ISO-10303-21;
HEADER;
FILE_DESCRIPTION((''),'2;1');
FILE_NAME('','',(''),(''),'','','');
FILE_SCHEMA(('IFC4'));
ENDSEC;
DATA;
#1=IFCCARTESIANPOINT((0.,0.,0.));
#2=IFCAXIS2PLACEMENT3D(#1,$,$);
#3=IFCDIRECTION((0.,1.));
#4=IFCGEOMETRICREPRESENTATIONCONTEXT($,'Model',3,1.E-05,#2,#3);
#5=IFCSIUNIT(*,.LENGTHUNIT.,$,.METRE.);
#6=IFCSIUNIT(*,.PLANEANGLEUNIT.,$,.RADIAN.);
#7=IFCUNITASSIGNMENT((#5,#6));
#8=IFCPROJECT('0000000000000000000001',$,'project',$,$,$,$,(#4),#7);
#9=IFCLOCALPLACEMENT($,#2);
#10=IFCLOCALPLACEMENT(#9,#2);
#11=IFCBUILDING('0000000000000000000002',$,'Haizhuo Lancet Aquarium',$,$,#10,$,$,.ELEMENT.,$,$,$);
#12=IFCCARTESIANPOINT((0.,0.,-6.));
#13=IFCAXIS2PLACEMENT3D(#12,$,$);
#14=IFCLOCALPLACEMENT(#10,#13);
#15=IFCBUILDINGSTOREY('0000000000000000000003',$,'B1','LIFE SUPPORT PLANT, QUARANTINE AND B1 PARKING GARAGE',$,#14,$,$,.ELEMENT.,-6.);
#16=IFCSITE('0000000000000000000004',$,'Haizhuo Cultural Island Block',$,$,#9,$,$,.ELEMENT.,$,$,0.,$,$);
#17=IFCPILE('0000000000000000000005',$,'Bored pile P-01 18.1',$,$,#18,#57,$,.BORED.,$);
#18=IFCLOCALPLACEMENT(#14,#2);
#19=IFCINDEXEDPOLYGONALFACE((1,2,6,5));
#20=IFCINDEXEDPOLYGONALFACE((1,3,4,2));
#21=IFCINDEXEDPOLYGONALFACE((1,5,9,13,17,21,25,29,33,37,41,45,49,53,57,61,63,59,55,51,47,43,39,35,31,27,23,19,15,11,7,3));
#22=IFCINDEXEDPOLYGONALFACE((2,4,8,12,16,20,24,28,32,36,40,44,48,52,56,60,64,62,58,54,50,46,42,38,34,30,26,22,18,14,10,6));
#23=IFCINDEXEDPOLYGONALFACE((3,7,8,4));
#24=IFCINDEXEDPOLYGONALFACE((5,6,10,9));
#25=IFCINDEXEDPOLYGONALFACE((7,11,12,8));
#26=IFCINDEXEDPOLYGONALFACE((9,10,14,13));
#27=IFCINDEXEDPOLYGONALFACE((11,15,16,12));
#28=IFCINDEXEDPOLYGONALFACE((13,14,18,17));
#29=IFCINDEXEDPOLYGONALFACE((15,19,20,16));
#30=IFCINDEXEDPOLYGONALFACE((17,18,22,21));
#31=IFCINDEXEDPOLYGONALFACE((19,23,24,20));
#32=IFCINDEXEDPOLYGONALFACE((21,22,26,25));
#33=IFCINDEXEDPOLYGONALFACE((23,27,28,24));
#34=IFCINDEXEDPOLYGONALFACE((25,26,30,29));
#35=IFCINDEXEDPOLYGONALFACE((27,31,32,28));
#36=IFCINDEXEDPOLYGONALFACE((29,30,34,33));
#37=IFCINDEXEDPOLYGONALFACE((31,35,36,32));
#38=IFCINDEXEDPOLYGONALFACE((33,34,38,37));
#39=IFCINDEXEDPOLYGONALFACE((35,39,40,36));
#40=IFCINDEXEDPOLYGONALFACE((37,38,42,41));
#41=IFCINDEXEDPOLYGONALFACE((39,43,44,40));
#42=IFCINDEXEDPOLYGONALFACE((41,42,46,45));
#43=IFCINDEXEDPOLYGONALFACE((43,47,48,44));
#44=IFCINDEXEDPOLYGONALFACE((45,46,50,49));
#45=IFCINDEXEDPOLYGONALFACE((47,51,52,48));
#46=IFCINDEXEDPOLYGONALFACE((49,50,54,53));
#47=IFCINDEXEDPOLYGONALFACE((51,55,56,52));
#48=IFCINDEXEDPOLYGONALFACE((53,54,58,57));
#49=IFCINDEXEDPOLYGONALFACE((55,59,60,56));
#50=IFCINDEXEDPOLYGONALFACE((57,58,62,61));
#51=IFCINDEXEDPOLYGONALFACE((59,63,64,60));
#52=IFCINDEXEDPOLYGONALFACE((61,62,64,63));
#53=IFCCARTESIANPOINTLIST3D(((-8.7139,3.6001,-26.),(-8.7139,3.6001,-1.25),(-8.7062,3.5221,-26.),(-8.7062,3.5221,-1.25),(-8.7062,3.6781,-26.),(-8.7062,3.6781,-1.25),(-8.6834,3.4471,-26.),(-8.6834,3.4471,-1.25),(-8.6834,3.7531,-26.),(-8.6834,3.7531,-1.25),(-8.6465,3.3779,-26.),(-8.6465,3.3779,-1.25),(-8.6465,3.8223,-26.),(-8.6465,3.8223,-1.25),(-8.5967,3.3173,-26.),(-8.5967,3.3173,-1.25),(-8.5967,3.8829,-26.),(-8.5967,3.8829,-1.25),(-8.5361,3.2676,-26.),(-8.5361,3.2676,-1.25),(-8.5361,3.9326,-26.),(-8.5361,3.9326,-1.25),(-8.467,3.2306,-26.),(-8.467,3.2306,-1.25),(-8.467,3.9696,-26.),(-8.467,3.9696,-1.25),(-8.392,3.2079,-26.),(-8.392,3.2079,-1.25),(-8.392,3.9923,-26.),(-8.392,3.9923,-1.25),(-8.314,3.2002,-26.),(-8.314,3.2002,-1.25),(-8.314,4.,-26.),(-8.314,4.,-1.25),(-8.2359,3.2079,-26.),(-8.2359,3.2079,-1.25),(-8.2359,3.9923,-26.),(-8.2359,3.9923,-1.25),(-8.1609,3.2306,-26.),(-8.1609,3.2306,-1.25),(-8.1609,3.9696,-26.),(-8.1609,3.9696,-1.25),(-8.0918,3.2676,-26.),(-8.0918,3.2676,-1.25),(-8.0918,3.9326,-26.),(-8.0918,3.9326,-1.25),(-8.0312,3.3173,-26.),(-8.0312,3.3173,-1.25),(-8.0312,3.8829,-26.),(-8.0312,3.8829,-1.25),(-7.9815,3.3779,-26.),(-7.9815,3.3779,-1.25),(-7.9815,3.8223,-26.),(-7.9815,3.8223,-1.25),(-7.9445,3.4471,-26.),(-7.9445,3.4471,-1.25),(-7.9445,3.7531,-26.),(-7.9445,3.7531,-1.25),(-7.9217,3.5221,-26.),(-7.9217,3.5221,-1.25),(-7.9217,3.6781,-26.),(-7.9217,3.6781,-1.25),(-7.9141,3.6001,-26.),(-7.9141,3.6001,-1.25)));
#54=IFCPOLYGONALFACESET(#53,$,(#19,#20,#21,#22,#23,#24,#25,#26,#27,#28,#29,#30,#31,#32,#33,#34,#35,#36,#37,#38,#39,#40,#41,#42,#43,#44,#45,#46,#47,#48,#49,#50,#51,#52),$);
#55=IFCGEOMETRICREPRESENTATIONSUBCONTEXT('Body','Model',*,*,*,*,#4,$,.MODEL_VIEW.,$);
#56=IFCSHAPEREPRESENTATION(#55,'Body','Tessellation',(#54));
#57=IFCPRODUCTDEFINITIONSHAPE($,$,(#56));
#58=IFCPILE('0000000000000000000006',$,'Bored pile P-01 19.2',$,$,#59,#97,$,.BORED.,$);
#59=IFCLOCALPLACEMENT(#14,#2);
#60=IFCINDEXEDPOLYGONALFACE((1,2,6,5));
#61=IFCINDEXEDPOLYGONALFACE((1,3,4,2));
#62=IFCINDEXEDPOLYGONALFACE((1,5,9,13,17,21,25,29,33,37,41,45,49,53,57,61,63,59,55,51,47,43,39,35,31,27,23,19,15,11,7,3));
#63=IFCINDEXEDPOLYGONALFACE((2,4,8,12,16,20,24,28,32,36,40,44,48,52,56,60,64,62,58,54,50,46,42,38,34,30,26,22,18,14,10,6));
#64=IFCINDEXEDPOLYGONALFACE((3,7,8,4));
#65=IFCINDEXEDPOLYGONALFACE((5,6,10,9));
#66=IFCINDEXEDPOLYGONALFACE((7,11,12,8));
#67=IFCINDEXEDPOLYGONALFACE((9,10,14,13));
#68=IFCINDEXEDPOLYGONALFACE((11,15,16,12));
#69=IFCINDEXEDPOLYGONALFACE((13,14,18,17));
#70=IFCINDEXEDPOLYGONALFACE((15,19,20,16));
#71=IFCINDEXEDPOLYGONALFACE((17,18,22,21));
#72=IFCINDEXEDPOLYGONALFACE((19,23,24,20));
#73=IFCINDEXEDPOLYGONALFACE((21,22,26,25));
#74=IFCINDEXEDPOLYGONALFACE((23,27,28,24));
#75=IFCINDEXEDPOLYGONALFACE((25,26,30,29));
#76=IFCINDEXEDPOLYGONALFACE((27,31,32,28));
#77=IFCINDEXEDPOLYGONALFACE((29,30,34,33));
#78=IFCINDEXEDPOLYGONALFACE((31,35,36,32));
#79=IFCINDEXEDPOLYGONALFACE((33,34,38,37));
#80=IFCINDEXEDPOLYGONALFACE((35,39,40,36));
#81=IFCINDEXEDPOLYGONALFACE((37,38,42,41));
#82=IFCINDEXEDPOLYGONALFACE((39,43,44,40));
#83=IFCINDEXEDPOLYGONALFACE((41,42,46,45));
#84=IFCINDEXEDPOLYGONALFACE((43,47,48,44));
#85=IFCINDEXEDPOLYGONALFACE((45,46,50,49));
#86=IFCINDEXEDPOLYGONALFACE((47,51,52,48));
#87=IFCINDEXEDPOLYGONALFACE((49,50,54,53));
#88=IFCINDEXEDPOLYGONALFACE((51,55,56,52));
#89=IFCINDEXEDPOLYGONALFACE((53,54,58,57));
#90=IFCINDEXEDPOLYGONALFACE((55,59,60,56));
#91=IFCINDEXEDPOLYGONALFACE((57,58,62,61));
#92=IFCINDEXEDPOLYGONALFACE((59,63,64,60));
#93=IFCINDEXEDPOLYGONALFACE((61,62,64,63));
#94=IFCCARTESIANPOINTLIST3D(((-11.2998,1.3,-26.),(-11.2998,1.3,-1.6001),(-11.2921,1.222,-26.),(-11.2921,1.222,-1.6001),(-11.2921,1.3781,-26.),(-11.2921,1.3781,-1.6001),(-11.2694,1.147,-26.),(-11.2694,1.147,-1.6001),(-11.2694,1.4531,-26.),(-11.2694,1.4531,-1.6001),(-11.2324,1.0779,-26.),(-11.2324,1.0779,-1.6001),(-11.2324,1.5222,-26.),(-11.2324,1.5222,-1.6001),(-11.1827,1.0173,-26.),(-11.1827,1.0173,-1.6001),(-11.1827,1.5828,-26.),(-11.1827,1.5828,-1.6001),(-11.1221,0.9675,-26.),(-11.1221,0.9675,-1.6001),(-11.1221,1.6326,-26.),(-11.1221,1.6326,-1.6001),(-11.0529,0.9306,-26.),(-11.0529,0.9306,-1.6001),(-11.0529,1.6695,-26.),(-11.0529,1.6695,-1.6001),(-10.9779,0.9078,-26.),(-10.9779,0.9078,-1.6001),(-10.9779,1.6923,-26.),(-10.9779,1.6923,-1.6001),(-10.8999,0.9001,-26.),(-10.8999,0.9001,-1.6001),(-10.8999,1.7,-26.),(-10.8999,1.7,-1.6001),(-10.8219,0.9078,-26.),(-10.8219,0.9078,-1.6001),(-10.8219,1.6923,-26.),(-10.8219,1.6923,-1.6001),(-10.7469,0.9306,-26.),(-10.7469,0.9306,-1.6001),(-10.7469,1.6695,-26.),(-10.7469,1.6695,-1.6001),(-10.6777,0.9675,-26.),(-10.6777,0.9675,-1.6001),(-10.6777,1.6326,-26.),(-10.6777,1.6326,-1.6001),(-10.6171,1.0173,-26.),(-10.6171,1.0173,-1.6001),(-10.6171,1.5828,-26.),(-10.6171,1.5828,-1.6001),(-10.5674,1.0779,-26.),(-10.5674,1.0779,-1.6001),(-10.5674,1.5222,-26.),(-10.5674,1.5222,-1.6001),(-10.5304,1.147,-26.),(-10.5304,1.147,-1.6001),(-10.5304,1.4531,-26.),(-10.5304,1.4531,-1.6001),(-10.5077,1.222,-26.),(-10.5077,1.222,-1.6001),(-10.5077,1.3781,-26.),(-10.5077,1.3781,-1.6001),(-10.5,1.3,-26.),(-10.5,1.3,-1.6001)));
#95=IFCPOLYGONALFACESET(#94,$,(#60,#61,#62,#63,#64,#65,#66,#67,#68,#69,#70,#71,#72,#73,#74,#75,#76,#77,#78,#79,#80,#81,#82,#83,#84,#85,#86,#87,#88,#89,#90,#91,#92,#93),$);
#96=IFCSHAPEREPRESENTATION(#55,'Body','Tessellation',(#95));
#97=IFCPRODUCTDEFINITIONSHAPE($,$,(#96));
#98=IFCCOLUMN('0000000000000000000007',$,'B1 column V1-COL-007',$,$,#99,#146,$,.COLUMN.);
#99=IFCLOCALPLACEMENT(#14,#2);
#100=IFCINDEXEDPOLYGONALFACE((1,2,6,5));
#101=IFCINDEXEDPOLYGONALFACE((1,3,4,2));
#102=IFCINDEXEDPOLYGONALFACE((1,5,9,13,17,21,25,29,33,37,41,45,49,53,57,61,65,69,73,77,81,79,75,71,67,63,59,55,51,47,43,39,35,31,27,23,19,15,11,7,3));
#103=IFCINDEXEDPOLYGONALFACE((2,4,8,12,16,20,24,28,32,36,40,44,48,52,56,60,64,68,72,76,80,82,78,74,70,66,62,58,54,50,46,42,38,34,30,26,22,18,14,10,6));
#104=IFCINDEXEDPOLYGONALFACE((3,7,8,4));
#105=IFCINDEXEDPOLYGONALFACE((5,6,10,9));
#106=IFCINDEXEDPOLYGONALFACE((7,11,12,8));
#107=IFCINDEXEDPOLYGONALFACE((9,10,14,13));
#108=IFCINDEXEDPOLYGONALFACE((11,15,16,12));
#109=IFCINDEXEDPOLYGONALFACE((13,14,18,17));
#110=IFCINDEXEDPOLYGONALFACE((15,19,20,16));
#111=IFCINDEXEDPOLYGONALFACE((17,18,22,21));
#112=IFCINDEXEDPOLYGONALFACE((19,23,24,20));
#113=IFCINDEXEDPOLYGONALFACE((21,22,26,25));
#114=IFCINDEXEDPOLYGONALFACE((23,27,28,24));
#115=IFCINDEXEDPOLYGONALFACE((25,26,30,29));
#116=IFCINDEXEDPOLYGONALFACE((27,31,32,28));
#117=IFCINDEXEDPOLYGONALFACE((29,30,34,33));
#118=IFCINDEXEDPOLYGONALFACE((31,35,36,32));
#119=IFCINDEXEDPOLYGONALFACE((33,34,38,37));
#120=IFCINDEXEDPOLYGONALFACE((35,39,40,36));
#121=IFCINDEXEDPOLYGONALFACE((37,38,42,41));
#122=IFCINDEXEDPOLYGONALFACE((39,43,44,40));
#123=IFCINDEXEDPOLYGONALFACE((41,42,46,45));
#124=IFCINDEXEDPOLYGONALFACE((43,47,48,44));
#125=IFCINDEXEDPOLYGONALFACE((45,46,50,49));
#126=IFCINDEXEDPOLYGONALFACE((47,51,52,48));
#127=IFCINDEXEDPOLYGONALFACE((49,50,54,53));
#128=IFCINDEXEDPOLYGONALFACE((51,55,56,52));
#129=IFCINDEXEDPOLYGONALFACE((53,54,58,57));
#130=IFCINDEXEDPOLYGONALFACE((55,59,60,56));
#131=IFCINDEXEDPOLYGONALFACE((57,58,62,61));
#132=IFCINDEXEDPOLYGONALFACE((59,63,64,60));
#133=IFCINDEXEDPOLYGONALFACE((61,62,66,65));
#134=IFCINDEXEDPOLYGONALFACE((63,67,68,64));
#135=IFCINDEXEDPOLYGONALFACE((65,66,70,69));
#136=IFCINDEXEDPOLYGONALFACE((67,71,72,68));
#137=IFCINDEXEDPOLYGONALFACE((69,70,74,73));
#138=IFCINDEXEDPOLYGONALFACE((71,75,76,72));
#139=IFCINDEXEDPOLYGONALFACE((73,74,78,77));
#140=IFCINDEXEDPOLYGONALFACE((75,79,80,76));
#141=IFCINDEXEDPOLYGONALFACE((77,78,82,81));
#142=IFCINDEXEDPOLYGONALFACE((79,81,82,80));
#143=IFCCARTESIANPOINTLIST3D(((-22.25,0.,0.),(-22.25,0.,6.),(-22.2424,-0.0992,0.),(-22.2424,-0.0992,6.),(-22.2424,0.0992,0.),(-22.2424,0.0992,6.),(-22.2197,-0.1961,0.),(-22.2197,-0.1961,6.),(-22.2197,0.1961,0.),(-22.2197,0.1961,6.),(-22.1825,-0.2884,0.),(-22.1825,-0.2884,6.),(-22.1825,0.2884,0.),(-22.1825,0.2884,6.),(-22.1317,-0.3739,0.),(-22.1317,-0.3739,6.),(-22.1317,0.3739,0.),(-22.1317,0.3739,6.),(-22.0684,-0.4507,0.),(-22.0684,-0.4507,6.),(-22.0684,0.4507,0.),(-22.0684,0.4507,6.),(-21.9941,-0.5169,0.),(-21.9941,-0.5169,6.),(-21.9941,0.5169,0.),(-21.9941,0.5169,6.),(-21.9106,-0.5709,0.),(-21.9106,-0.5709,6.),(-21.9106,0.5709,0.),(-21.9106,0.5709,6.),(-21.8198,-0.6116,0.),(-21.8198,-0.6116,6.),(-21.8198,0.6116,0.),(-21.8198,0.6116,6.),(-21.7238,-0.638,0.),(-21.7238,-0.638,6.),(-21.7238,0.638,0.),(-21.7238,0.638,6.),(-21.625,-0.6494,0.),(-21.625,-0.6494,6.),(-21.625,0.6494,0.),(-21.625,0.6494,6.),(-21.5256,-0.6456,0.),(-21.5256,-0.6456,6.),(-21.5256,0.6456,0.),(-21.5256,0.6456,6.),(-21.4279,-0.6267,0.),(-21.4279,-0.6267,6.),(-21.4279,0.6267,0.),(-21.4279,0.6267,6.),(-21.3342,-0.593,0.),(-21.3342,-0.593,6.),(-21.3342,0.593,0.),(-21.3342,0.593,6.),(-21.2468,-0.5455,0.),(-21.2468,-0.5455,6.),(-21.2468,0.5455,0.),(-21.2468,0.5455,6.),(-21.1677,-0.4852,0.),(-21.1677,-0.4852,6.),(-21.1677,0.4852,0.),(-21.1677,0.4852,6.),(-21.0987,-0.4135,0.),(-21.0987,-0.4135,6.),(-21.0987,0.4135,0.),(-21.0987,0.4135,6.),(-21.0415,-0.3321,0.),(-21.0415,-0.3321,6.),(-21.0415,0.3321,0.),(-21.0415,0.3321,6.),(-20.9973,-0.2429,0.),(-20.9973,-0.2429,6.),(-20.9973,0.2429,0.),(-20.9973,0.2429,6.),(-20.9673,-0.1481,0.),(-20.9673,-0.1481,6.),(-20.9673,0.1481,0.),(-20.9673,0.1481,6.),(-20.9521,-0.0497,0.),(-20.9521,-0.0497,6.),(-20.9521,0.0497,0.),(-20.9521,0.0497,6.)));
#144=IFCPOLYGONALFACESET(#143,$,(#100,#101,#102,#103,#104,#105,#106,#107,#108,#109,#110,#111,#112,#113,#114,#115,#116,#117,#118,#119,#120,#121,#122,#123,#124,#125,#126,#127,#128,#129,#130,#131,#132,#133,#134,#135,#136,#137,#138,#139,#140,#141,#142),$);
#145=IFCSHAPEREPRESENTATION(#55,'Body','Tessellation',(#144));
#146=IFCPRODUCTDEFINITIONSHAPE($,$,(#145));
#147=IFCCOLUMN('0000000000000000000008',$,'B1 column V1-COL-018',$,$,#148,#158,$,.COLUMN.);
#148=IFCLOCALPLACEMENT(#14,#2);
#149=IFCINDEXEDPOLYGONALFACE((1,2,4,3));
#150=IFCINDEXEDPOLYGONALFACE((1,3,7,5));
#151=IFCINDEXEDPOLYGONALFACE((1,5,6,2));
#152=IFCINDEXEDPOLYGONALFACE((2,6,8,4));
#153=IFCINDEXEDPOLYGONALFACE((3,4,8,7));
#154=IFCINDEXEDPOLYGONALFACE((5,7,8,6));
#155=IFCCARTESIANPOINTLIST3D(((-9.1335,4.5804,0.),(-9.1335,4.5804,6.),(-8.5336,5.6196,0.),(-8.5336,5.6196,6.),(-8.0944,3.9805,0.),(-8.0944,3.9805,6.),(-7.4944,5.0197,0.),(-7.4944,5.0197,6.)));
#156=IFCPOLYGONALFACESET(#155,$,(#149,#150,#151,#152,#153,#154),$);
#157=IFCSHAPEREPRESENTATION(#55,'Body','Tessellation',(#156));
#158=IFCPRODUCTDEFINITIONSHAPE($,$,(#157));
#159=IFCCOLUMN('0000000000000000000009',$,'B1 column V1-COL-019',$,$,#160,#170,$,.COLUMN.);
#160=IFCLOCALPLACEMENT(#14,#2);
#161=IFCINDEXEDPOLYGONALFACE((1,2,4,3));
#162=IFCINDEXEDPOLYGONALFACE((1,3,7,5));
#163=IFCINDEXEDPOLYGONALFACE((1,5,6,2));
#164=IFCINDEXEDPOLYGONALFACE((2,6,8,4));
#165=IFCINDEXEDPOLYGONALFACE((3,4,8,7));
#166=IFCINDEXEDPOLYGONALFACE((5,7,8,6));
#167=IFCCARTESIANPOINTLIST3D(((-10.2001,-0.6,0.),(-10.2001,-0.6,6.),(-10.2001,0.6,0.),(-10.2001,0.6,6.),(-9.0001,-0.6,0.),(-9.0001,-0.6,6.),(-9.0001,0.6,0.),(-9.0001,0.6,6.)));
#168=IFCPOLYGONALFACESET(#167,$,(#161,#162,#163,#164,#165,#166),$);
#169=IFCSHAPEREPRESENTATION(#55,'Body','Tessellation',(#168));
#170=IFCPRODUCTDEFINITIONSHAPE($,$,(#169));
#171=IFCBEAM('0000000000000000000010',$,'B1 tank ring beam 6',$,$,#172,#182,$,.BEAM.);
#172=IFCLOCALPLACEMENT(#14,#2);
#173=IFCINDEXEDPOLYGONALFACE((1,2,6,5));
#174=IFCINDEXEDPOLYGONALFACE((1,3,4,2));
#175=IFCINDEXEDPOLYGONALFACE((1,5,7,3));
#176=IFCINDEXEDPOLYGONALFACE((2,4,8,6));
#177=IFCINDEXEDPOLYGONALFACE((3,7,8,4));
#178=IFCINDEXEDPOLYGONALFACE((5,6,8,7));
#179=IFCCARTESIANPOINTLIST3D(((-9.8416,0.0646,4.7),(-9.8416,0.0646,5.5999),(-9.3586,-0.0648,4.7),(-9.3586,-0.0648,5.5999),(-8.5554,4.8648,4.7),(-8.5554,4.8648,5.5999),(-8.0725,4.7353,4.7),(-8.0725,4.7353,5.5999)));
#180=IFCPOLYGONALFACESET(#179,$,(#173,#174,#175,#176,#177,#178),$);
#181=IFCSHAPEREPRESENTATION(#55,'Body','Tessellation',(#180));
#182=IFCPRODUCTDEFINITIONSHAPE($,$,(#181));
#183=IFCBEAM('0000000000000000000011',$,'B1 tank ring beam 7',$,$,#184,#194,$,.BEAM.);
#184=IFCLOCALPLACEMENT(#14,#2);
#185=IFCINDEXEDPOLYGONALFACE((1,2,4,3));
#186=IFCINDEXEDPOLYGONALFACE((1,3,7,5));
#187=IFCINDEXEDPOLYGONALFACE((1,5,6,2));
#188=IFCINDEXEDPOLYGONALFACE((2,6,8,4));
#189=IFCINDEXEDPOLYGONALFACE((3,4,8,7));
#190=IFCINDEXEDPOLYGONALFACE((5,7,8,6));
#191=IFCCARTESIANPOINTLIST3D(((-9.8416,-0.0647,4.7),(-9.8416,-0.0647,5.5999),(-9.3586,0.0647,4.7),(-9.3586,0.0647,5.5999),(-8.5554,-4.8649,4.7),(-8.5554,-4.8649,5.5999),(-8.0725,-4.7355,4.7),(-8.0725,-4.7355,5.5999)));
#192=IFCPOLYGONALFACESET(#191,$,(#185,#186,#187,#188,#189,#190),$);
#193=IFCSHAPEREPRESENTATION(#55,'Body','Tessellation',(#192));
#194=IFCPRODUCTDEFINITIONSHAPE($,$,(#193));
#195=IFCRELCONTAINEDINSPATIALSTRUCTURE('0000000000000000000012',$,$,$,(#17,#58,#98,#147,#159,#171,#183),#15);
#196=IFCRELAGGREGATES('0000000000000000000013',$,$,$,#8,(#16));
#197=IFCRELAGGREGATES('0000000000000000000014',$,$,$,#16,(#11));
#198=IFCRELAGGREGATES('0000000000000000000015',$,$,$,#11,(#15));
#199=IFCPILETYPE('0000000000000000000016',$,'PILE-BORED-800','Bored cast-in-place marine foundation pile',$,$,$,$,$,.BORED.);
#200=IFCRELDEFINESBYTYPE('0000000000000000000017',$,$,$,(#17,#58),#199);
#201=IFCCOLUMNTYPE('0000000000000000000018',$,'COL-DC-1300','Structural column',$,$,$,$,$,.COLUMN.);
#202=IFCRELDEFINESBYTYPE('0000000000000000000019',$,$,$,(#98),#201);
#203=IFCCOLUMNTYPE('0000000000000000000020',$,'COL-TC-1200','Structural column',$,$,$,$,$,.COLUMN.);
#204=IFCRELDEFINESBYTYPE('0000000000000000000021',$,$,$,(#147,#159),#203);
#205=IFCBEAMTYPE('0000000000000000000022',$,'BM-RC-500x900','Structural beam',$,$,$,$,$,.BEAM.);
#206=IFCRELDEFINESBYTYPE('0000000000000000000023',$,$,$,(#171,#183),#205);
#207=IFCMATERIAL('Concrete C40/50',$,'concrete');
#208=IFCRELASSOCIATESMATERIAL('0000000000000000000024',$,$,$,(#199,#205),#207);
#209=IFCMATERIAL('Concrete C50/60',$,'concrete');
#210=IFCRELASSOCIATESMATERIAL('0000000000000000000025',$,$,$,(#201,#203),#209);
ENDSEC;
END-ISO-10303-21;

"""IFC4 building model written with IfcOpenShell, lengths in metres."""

from ifc_helpers import new_model, si_unit, direction, frame, origin, origin_2d, place, context, subcontext, project, spatial, rectangle, circle, extrude, material, material_profile, profile_set, type_object, element, save


model = new_model("IFC4")

# Units and contexts
model_context = context("Model", 3, precision=1e-05, world=origin(), true_north=direction((0.0, 1.0)))
body_context = subcontext(model_context, "Body", "Model", "MODEL_VIEW")
ifc_project = project(units=[si_unit("LENGTHUNIT", "METRE"), si_unit("PLANEANGLEUNIT", "RADIAN")], contexts=[model_context])

# Site, building, storey
site_placement = place(None, origin())
site = spatial("IfcSite", under=ifc_project, at=site_placement, Name="Haizhuo Cultural Island Block", CompositionType="ELEMENT", RefElevation=0.0)
building_placement = place(site_placement, origin())
building = spatial("IfcBuilding", under=site, at=building_placement, Name="Haizhuo Lancet Aquarium", CompositionType="ELEMENT")
storey_placement = place(building_placement, frame((0.0, 0.0, -6.0)))
storey = spatial("IfcBuildingStorey", under=building, at=storey_placement, Name="B1", Description="LIFE SUPPORT PLANT, QUARANTINE AND B1 PARKING GARAGE", CompositionType="ELEMENT", Elevation=-6.0)

# Shared definitions
ifc_material_1 = material(Name="Concrete C40/50", Category="concrete")

# Piles
ifc_material_profile_1 = material_profile(ifc_material_1, circle(Radius=0.3999, at=origin_2d()), Name="PILE-800")
ifc_profile_set_1 = profile_set([ifc_material_profile_1], Name="Concrete C40/50")
pile_type_1 = type_object("IfcPileType", Name="PILE-BORED-800", Description="Bored cast-in-place marine foundation pile", PredefinedType="BORED", material=ifc_profile_set_1)
pile_1_placement = place(storey_placement, frame((-8.314, 3.6001, -1.25), z_axis=(0.0, 0.0, -1.0), x_axis=(1.0, 0.0, 0.0)))
element("IfcPile", 1, at=pile_1_placement, inside=storey, type_object=pile_type_1, Name="Bored pile P-01 18.1", PredefinedType="BORED", context=body_context, shape_type="SweptSolid", body=[
    extrude(circle(Radius=0.3999, at=origin_2d()), origin(), (0.0, 0.0, 1.0), 24.75),
])
pile_2_placement = place(storey_placement, frame((-10.8999, 1.3, -1.6001), z_axis=(0.0, 0.0, -1.0), x_axis=(1.0, 0.0, 0.0)))
element("IfcPile", 2, at=pile_2_placement, inside=storey, type_object=pile_type_1, Name="Bored pile P-01 19.2", PredefinedType="BORED", context=body_context, shape_type="SweptSolid", body=[
    extrude(circle(Radius=0.3999, at=origin_2d()), origin(), (0.0, 0.0, 1.0), 24.3999),
])

# Columns
ifc_material_2 = material(Name="Concrete C50/60", Category="concrete")
ifc_material_profile_2 = material_profile(ifc_material_2, circle(Radius=0.6499, at=origin_2d()), Name="RC-DC 1300")
ifc_profile_set_2 = profile_set([ifc_material_profile_2], Name="Concrete C50/60")
column_type_1 = type_object("IfcColumnType", Name="COL-DC-1300", Description="Structural column", PredefinedType="COLUMN", material=ifc_profile_set_2)
column_placement = place(storey_placement, frame((-21.6001, 0.0, 0.0), z_axis=(0.0, 0.0, 1.0), x_axis=(-1.0, 0.0, 0.0)))
element("IfcColumn", 3, at=column_placement, inside=storey, type_object=column_type_1, Name="B1 column V1-COL-007", PredefinedType="COLUMN", context=body_context, shape_type="SweptSolid", body=[
    extrude(circle(Radius=0.6499, at=origin_2d()), origin(), (0.0, 0.0, 1.0), 6.0),
])
ifc_material_profile_3 = material_profile(ifc_material_2, rectangle(XDim=1.2, YDim=1.2, at=origin_2d()), Name="RC-COL 1200x1200")
ifc_profile_set_3 = profile_set([ifc_material_profile_3], Name="Concrete C50/60")
column_type_2 = type_object("IfcColumnType", Name="COL-TC-1200", Description="Structural column", PredefinedType="COLUMN", material=ifc_profile_set_3)
for number, where, z_axis, x_axis, name in (
    (4, (-8.314, 4.8, 0.0), (0.0, 0.0, 1.0), (-0.866025, 0.5, 0.0), "B1 column V1-COL-018"),
    (5, (-9.6001, 0.0, 0.0), (0.0, 0.0, 1.0), (-1.0, 0.0, 0.0), "B1 column V1-COL-019"),
):
    element("IfcColumn", number, at=place(storey_placement, frame(where, z_axis=z_axis, x_axis=x_axis)), inside=storey, type_object=column_type_2, Name=name, PredefinedType="COLUMN", context=body_context, shape_type="SweptSolid", body=[
        extrude(rectangle(XDim=1.2, YDim=1.2, at=origin_2d()), origin(), (0.0, 0.0, 1.0), 6.0),
    ])

# Beams
ifc_material_profile_4 = material_profile(ifc_material_1, rectangle(XDim=0.5, YDim=0.8999, at=origin_2d()), Name="RC-BM 500x900")
ifc_profile_set_4 = profile_set([ifc_material_profile_4], Name="Concrete C40/50")
beam_type_1 = type_object("IfcBeamType", Name="BM-RC-500x900", Description="Structural beam", PredefinedType="BEAM", material=ifc_profile_set_4)
for number, where, z_axis, x_axis, name in (
    (6, (-8.314, 4.8, 5.1499), (-0.258812, -0.965928, 0.0), (0.965928, -0.258812, 0.0), "B1 tank ring beam 6"),
    (7, (-9.6001, 0.0, 5.1499), (0.258812, -0.965928, 0.0), (0.965928, 0.258812, 0.0), "B1 tank ring beam 7"),
):
    element("IfcBeam", number, at=place(storey_placement, frame(where, z_axis=z_axis, x_axis=x_axis)), inside=storey, type_object=beam_type_1, Name=name, PredefinedType="BEAM", context=body_context, shape_type="SweptSolid", body=[
        extrude(rectangle(XDim=0.5, YDim=0.8999, at=origin_2d()), origin(), (0.0, 0.0, 1.0), 4.9695),
    ])

save(model, "model.ifc")
